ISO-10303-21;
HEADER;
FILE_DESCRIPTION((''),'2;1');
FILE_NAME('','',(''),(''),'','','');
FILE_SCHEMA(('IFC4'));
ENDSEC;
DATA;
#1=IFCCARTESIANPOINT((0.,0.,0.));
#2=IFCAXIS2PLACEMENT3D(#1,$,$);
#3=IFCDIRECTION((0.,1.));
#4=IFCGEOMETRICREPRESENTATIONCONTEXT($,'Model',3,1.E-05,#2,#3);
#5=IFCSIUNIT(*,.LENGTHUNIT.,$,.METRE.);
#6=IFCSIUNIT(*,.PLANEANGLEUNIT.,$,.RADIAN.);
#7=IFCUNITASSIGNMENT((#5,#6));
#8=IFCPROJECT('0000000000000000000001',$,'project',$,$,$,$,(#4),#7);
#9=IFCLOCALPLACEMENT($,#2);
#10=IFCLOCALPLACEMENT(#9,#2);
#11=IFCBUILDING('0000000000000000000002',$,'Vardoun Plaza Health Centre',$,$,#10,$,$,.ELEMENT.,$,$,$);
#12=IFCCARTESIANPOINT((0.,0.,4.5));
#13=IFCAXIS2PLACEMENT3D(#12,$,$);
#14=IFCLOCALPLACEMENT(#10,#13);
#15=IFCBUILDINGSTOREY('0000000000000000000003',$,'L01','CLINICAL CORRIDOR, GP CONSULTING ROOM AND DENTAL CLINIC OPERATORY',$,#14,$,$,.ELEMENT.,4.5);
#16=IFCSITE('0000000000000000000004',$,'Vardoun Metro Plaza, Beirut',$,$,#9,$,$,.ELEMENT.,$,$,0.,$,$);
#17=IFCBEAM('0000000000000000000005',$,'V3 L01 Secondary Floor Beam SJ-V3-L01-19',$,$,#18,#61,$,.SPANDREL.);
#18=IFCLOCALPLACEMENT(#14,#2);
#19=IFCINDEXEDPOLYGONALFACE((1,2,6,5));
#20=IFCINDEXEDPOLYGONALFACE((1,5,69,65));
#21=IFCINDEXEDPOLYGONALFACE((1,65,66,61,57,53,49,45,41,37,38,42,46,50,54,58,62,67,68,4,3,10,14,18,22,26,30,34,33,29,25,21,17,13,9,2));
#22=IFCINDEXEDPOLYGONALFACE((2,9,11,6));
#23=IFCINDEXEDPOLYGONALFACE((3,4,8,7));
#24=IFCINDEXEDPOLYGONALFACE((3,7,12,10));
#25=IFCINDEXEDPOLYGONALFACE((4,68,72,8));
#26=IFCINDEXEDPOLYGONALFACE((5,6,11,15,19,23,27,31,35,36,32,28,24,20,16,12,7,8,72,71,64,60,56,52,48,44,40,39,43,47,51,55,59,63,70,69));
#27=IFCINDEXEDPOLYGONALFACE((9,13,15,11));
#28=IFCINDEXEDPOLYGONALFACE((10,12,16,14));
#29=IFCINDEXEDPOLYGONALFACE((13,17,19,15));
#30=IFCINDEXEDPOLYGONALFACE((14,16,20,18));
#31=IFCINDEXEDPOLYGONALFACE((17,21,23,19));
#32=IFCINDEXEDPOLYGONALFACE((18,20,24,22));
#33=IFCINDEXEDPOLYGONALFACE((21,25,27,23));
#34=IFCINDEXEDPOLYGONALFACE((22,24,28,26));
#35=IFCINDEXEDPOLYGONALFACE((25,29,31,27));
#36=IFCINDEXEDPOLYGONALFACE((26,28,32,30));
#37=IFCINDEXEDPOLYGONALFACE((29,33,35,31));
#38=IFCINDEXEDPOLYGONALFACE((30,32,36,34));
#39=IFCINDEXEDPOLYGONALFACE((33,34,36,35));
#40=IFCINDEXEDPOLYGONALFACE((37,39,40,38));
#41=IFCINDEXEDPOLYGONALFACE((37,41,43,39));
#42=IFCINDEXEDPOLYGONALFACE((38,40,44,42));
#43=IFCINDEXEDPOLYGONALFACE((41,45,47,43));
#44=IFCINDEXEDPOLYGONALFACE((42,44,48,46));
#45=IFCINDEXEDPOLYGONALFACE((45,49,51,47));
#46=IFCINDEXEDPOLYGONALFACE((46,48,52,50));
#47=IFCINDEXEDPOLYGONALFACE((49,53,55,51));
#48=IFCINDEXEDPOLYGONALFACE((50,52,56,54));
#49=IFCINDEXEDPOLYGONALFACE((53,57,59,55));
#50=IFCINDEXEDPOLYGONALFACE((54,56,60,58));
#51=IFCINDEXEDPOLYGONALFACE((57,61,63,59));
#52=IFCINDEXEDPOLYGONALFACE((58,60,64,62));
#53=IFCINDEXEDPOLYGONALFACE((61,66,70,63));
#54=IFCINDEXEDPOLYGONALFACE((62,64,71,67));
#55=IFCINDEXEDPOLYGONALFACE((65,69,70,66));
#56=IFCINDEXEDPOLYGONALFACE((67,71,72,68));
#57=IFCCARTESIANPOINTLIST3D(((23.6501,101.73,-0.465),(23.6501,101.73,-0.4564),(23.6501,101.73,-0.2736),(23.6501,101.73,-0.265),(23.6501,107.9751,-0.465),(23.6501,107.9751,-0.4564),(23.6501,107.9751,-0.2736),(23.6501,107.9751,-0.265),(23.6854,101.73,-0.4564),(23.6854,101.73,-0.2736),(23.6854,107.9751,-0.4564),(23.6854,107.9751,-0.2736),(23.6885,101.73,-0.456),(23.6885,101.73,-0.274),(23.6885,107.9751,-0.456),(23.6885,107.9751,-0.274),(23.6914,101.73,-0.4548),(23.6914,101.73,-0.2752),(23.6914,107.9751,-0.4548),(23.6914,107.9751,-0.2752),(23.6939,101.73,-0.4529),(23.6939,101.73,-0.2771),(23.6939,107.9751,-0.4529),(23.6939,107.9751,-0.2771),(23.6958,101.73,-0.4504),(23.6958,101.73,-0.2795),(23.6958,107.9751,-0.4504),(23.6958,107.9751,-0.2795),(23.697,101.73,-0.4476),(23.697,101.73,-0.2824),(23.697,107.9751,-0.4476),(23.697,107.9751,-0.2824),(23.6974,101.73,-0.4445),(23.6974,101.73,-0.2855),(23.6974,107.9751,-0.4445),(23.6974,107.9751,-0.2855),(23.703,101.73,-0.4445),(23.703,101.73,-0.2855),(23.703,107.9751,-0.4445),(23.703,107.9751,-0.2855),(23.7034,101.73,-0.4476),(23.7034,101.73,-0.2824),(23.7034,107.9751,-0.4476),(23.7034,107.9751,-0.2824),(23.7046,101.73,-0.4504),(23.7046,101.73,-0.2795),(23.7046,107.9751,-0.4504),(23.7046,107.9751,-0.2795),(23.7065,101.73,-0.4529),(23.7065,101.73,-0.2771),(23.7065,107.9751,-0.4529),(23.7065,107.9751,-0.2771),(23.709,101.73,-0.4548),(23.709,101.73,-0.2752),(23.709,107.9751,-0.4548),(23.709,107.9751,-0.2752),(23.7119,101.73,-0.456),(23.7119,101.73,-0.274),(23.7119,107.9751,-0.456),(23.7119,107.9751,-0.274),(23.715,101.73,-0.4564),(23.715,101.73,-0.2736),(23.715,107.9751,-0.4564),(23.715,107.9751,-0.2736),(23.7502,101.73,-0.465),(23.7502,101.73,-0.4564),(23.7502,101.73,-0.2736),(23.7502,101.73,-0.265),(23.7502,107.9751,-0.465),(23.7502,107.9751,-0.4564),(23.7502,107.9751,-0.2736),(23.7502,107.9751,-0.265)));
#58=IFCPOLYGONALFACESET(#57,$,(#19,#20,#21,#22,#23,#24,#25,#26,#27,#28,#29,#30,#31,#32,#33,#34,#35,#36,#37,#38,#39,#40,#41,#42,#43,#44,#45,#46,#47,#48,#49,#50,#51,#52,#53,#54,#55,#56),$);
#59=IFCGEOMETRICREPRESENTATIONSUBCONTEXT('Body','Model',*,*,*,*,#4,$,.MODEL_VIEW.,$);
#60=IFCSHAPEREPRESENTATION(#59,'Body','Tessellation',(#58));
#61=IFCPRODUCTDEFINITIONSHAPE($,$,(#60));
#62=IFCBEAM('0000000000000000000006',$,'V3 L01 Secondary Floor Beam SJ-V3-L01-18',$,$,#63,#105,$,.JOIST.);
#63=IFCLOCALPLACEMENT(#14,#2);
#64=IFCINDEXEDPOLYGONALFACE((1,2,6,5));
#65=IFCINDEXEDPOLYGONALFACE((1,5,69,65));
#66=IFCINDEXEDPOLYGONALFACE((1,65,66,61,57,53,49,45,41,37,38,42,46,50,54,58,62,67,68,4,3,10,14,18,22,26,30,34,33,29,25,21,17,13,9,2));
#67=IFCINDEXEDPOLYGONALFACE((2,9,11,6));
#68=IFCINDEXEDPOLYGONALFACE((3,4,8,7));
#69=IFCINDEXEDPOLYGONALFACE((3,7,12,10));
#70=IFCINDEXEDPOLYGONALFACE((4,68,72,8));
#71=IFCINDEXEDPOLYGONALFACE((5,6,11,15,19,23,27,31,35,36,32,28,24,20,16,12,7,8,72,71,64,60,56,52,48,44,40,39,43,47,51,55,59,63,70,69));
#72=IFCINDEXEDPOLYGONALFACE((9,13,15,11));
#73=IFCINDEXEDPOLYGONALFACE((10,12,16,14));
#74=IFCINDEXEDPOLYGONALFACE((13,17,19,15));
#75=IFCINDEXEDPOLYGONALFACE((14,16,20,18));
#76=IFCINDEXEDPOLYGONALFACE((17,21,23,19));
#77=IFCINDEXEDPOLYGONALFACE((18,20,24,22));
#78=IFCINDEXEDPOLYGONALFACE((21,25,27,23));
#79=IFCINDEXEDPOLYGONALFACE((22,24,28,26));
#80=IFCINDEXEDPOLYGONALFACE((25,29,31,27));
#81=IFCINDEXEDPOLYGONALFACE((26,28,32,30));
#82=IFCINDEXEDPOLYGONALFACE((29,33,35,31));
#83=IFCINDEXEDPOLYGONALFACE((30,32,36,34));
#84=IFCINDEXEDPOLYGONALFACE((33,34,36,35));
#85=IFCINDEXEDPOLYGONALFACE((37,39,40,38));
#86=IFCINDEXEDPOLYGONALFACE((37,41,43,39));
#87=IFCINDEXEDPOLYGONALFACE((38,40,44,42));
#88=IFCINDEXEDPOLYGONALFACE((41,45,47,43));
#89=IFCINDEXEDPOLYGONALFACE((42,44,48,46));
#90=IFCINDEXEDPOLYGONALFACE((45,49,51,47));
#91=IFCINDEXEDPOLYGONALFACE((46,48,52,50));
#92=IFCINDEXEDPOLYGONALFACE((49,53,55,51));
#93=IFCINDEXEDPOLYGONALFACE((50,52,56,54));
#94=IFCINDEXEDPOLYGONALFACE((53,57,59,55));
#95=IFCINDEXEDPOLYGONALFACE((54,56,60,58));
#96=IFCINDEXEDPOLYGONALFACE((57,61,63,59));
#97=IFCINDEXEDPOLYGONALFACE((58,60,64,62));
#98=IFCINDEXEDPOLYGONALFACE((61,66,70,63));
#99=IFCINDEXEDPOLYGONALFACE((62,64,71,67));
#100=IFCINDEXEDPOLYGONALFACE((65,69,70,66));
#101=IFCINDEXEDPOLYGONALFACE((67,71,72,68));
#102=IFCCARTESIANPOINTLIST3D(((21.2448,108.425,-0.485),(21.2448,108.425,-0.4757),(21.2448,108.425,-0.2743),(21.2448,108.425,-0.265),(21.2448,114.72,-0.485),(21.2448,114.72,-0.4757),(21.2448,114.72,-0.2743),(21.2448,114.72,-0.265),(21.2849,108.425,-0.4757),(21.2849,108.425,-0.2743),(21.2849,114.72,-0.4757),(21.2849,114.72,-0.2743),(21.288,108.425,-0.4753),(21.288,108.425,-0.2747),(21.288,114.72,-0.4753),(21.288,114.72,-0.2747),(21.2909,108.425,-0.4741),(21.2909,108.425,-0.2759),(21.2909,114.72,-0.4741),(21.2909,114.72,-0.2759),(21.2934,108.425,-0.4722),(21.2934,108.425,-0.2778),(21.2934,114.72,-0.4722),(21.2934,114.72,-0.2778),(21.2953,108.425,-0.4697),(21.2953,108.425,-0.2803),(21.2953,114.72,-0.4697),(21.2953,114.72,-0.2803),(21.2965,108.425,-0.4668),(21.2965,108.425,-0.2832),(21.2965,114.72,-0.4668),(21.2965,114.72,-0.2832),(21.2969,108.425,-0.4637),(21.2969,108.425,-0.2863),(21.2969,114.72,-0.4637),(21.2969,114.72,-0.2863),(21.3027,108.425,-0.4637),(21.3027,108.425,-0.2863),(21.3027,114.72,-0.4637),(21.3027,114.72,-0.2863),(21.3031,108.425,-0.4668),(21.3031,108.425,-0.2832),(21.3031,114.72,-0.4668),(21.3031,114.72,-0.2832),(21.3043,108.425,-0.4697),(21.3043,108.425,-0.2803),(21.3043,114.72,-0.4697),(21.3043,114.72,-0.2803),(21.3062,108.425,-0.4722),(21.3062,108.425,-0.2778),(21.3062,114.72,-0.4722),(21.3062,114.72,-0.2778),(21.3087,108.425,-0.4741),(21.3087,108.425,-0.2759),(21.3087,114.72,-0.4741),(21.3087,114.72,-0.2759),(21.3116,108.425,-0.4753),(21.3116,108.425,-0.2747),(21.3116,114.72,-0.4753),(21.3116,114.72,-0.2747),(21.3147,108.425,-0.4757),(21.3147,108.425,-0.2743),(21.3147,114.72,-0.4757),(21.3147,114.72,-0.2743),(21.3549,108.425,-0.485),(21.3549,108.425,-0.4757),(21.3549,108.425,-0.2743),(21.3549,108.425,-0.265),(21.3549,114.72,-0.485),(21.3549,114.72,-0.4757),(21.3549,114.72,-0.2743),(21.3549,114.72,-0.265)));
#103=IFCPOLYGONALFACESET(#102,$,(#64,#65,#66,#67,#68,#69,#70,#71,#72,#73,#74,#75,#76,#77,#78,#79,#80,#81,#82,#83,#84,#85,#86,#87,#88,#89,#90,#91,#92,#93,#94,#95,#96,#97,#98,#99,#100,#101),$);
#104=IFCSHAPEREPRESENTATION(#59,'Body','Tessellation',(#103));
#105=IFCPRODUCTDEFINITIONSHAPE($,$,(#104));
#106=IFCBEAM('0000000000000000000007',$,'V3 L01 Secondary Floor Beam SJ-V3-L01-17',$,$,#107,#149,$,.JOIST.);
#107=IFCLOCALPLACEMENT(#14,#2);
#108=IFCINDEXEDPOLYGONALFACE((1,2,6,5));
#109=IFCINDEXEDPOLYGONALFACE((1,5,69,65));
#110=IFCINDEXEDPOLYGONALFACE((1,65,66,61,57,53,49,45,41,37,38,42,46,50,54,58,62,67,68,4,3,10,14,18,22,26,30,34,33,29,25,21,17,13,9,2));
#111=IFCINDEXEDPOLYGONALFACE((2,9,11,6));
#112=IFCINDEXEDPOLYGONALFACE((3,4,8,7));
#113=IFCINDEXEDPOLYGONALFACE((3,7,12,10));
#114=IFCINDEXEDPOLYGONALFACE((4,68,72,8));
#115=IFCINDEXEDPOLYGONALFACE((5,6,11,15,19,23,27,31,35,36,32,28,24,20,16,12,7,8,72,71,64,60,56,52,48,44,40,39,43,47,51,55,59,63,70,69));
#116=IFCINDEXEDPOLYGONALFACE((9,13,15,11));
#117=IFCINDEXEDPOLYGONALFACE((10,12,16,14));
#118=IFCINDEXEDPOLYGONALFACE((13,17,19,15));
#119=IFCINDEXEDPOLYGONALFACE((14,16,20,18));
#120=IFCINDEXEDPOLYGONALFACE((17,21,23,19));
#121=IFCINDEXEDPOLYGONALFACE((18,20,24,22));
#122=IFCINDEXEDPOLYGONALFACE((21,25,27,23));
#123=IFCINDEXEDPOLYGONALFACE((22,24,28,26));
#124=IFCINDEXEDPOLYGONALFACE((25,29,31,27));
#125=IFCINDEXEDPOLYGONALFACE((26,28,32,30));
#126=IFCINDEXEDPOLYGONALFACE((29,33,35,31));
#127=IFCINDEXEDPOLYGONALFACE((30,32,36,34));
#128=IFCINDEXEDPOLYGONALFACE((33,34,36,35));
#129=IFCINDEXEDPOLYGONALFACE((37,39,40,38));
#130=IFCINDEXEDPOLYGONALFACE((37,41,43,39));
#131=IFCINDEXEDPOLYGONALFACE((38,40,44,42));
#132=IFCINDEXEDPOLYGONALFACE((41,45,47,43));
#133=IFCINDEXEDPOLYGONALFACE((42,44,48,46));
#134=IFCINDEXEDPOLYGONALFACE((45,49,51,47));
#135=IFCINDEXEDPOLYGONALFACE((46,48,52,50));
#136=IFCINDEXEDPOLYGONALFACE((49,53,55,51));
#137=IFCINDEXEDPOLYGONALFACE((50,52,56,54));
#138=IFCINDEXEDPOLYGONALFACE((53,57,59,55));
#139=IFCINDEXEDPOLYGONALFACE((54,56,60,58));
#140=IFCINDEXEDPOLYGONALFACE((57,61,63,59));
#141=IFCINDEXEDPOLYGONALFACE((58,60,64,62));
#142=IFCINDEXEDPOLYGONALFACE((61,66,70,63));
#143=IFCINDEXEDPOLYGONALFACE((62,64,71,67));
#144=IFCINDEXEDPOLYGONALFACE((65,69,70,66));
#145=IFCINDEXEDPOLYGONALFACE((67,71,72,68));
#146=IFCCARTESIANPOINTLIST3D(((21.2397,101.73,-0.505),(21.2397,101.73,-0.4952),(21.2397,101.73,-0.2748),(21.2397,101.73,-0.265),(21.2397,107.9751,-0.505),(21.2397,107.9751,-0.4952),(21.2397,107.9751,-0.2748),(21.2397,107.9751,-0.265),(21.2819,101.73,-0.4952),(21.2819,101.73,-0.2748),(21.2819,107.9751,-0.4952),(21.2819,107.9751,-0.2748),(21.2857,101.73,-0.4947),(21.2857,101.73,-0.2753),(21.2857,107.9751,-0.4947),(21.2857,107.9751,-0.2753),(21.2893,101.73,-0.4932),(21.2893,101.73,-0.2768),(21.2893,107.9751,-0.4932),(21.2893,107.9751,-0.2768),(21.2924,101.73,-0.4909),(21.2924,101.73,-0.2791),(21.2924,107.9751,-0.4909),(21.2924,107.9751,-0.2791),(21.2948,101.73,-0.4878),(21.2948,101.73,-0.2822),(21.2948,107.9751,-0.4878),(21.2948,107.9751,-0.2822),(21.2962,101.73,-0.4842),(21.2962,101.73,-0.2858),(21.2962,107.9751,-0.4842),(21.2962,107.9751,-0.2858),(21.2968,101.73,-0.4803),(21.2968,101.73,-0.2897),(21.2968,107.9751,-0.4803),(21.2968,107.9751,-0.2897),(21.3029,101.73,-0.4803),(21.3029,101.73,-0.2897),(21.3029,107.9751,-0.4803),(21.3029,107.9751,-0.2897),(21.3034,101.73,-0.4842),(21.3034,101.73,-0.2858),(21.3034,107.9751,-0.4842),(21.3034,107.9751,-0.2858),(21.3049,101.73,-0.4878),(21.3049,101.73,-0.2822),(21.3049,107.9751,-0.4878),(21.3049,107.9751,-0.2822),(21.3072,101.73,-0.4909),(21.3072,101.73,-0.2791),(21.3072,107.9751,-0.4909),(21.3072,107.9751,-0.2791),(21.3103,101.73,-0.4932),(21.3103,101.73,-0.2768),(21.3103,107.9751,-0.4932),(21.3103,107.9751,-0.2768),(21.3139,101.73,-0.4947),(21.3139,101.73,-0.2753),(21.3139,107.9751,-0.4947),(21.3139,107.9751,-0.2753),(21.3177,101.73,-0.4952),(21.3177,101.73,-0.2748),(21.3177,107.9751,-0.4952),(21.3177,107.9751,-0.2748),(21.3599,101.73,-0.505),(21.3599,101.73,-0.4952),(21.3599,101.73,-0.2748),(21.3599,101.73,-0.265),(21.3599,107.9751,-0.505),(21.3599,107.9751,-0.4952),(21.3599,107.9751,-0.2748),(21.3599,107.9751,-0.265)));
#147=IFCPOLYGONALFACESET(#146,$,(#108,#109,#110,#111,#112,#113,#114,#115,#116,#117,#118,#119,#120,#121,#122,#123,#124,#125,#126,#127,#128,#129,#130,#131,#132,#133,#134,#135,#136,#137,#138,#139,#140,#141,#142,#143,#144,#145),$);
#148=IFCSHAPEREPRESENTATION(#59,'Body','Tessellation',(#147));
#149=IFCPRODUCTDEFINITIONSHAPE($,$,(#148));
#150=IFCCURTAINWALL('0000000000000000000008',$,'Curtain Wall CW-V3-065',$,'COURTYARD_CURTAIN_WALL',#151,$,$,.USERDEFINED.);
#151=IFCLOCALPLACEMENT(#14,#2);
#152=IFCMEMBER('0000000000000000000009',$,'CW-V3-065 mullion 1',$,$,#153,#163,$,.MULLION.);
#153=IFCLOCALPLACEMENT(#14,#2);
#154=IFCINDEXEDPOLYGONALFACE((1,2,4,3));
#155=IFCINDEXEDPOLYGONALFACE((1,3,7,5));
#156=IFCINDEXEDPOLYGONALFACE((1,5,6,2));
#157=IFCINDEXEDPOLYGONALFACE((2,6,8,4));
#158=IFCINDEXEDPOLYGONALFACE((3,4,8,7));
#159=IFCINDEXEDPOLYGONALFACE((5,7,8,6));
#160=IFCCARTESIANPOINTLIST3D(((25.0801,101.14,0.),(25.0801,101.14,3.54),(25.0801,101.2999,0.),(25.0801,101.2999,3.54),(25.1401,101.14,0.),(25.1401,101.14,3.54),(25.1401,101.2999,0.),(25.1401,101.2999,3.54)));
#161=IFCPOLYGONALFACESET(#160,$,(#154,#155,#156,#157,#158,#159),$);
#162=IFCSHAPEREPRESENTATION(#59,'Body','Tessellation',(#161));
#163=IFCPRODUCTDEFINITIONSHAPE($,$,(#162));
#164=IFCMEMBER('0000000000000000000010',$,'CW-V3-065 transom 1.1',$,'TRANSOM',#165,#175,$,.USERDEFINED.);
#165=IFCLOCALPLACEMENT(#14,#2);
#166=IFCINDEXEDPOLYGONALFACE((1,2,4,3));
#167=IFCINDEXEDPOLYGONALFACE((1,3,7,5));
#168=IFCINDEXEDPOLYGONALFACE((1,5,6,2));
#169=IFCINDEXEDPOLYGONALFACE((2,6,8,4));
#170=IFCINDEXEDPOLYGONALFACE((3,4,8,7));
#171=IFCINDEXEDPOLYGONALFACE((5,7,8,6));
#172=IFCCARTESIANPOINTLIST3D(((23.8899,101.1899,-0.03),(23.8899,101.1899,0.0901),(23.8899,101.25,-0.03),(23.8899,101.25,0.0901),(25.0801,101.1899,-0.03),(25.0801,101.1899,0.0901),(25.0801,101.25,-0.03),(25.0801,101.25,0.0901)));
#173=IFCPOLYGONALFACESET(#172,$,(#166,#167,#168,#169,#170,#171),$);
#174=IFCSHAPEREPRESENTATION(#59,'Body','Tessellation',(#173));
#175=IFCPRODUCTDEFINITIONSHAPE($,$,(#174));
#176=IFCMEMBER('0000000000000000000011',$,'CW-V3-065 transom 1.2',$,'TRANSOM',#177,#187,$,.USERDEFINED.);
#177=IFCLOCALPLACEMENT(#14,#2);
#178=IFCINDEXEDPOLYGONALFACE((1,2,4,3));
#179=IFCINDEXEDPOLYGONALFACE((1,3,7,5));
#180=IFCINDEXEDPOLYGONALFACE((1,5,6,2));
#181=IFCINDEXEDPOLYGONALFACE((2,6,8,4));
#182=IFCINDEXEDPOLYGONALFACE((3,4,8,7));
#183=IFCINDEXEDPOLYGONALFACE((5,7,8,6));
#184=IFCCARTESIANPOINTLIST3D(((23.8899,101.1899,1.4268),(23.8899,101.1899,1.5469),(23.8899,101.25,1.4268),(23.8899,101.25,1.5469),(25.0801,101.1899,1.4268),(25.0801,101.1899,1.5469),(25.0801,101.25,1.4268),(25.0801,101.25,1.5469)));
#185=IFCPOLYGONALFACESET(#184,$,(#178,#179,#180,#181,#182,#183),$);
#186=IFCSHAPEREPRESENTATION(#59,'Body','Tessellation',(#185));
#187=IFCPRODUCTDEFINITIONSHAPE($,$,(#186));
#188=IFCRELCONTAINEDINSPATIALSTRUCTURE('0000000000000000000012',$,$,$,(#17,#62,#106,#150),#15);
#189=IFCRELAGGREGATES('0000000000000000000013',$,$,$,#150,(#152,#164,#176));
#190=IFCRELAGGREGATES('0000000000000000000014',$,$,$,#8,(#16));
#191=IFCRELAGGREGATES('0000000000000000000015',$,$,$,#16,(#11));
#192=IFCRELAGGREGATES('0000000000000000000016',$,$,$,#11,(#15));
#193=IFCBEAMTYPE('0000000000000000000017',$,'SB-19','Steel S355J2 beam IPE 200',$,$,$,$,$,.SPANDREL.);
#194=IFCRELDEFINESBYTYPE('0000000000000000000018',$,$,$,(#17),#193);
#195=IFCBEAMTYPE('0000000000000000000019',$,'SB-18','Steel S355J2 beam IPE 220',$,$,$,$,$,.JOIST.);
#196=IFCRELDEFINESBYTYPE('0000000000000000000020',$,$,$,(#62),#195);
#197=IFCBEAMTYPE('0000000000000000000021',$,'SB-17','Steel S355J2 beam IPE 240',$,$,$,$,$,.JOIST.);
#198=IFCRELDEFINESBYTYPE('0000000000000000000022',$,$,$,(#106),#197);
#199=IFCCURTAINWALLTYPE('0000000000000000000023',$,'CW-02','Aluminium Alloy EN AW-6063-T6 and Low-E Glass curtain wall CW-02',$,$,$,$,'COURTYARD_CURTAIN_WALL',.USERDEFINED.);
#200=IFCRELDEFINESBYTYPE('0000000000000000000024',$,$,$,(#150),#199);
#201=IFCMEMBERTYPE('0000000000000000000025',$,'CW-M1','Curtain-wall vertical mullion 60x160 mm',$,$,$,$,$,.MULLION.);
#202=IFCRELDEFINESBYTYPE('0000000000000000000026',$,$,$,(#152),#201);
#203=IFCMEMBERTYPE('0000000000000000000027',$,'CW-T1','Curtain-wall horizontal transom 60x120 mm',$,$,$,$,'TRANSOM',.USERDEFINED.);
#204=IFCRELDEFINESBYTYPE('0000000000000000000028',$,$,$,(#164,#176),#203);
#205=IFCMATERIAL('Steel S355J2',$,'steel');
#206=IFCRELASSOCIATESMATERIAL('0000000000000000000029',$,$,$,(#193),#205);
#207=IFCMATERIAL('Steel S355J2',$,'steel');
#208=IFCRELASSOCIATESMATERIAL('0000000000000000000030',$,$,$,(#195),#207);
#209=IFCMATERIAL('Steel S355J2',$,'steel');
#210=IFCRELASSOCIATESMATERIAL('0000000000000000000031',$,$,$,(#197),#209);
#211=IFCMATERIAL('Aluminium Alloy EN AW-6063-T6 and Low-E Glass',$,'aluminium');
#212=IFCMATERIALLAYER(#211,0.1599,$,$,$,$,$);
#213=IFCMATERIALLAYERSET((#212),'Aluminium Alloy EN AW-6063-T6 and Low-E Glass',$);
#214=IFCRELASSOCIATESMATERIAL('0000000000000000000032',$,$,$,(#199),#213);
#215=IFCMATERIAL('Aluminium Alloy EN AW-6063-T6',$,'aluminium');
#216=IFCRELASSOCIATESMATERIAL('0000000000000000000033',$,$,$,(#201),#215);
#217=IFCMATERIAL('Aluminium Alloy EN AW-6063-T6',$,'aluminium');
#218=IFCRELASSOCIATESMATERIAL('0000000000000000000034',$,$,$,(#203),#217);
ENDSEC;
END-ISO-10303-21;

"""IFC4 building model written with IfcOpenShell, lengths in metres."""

from ifc_helpers import new_model, si_unit, direction, frame, origin, origin_2d, place, context, subcontext, project, spatial, rectangle, i_section, extrude, material, layer, layer_set, material_profile, profile_set, type_object, element, aggregate, save


model = new_model("IFC4")

# Units and contexts
model_context = context("Model", 3, precision=1e-05, world=origin(), true_north=direction((0.0, 1.0)))
body_context = subcontext(model_context, "Body", "Model", "MODEL_VIEW")
ifc_project = project(units=[si_unit("LENGTHUNIT", "METRE"), si_unit("PLANEANGLEUNIT", "RADIAN")], contexts=[model_context])

# Site, building, storey
site_placement = place(None, origin())
site = spatial("IfcSite", under=ifc_project, at=site_placement, Name="Vardoun Metro Plaza, Beirut", CompositionType="ELEMENT", RefElevation=0.0)
building_placement = place(site_placement, origin())
building = spatial("IfcBuilding", under=site, at=building_placement, Name="Vardoun Plaza Health Centre", CompositionType="ELEMENT")
storey_placement = place(building_placement, frame((0.0, 0.0, 4.5)))
storey = spatial("IfcBuildingStorey", under=building, at=storey_placement, Name="L01", Description="CLINICAL CORRIDOR, GP CONSULTING ROOM AND DENTAL CLINIC OPERATORY", CompositionType="ELEMENT", Elevation=4.5)

# Beams
ifc_material_1 = material(Name="Steel S355J2", Category="steel")
ifc_material_profile_1 = material_profile(ifc_material_1, i_section(OverallWidth=0.1001, OverallDepth=0.2, WebThickness=0.0056, FlangeThickness=0.0085, FilletRadius=0.012, at=origin_2d()), Name="IPE 200")
ifc_profile_set_1 = profile_set([ifc_material_profile_1], Name="Steel S355J2")
beam_type_1 = type_object("IfcBeamType", Name="SB-19", Description="Steel S355J2 beam IPE 200", PredefinedType="SPANDREL", material=ifc_profile_set_1)
beam_1_placement = place(storey_placement, frame((23.7002, 101.73, -0.365), z_axis=(0.0, 1.0, 0.0), x_axis=(-1.0, 0.0, 0.0)))
element("IfcBeam", 1, at=beam_1_placement, inside=storey, type_object=beam_type_1, Name="V3 L01 Secondary Floor Beam SJ-V3-L01-19", PredefinedType="SPANDREL", context=body_context, shape_type="SweptSolid", body=[
    extrude(i_section(OverallWidth=0.1001, OverallDepth=0.2, WebThickness=0.0056, FlangeThickness=0.0085, FilletRadius=0.012, at=origin_2d()), origin(), (0.0, 0.0, 1.0), 6.2451),
])
ifc_material_2 = material(Name="Steel S355J2", Category="steel")
ifc_material_profile_2 = material_profile(ifc_material_2, i_section(OverallWidth=0.1101, OverallDepth=0.22, WebThickness=0.0059, FlangeThickness=0.0093, FilletRadius=0.012, at=origin_2d()), Name="IPE 220")
ifc_profile_set_2 = profile_set([ifc_material_profile_2], Name="Steel S355J2")
beam_type_2 = type_object("IfcBeamType", Name="SB-18", Description="Steel S355J2 beam IPE 220", PredefinedType="JOIST", material=ifc_profile_set_2)
beam_2_placement = place(storey_placement, frame((21.2998, 108.425, -0.375), z_axis=(0.0, 1.0, 0.0), x_axis=(-1.0, 0.0, 0.0)))
element("IfcBeam", 2, at=beam_2_placement, inside=storey, type_object=beam_type_2, Name="V3 L01 Secondary Floor Beam SJ-V3-L01-18", PredefinedType="JOIST", context=body_context, shape_type="SweptSolid", body=[
    extrude(i_section(OverallWidth=0.1101, OverallDepth=0.22, WebThickness=0.0059, FlangeThickness=0.0093, FilletRadius=0.012, at=origin_2d()), origin(), (0.0, 0.0, 1.0), 6.2949),
])
ifc_material_3 = material(Name="Steel S355J2", Category="steel")
ifc_material_profile_3 = material_profile(ifc_material_3, i_section(OverallWidth=0.1201, OverallDepth=0.24, WebThickness=0.0061, FlangeThickness=0.0098, FilletRadius=0.0149, at=origin_2d()), Name="IPE 240")
ifc_profile_set_3 = profile_set([ifc_material_profile_3], Name="Steel S355J2")
beam_type_3 = type_object("IfcBeamType", Name="SB-17", Description="Steel S355J2 beam IPE 240", PredefinedType="JOIST", material=ifc_profile_set_3)
beam_3_placement = place(storey_placement, frame((21.2998, 101.73, -0.385), z_axis=(0.0, 1.0, 0.0), x_axis=(-1.0, 0.0, 0.0)))
element("IfcBeam", 3, at=beam_3_placement, inside=storey, type_object=beam_type_3, Name="V3 L01 Secondary Floor Beam SJ-V3-L01-17", PredefinedType="JOIST", context=body_context, shape_type="SweptSolid", body=[
    extrude(i_section(OverallWidth=0.1201, OverallDepth=0.24, WebThickness=0.0061, FlangeThickness=0.0098, FilletRadius=0.0149, at=origin_2d()), origin(), (0.0, 0.0, 1.0), 6.2451),
])

# Curtain wall, members
ifc_material_4 = material(Name="Aluminium Alloy EN AW-6063-T6 and Low-E Glass", Category="aluminium")
ifc_layer_1 = layer(ifc_material_4, 0.1599)
ifc_layer_set_1 = layer_set([ifc_layer_1], Name="Aluminium Alloy EN AW-6063-T6 and Low-E Glass")
curtain_wall_type = type_object("IfcCurtainWallType", Name="CW-02", Description="Aluminium Alloy EN AW-6063-T6 and Low-E Glass curtain wall CW-02", ElementType="COURTYARD_CURTAIN_WALL", PredefinedType="USERDEFINED", material=ifc_layer_set_1)
curtain_wall_placement = place(storey_placement, origin())
curtain_wall = element("IfcCurtainWall", 4, at=curtain_wall_placement, inside=storey, type_object=curtain_wall_type, Name="Curtain Wall CW-V3-065", ObjectType="COURTYARD_CURTAIN_WALL", PredefinedType="USERDEFINED")
ifc_material_5 = material(Name="Aluminium Alloy EN AW-6063-T6", Category="aluminium")
ifc_material_profile_4 = material_profile(ifc_material_5, rectangle(XDim=0.1599, YDim=0.0601, at=origin_2d()), Name="CWM 60x160")
ifc_profile_set_4 = profile_set([ifc_material_profile_4], Name="Aluminium Alloy EN AW-6063-T6")
member_type_1 = type_object("IfcMemberType", Name="CW-M1", Description="Curtain-wall vertical mullion 60x160 mm", PredefinedType="MULLION", material=ifc_profile_set_4)
member_1_placement = place(storey_placement, frame((25.1101, 101.22, 0.0), z_axis=(0.0, 0.0, 1.0), x_axis=(0.0, -1.0, 0.0)))
member_1 = element("IfcMember", 5, at=member_1_placement, type_object=member_type_1, Name="CW-V3-065 mullion 1", PredefinedType="MULLION", context=body_context, shape_type="SweptSolid", body=[
    extrude(rectangle(XDim=0.1599, YDim=0.0601, at=origin_2d()), origin(), (0.0, 0.0, 1.0), 3.54),
])
ifc_material_6 = material(Name="Aluminium Alloy EN AW-6063-T6", Category="aluminium")
ifc_material_profile_5 = material_profile(ifc_material_6, rectangle(XDim=0.0601, YDim=0.1201, at=origin_2d()), Name="CWT 60x120")
ifc_profile_set_5 = profile_set([ifc_material_profile_5], Name="Aluminium Alloy EN AW-6063-T6")
member_type_2 = type_object("IfcMemberType", Name="CW-T1", Description="Curtain-wall horizontal transom 60x120 mm", ElementType="TRANSOM", PredefinedType="USERDEFINED", material=ifc_profile_set_5)
member_2_placement = place(storey_placement, frame((25.0801, 101.22, 0.03), z_axis=(-1.0, 0.0, 0.0), x_axis=(0.0, -1.0, 0.0)))
member_2 = element("IfcMember", 6, at=member_2_placement, type_object=member_type_2, Name="CW-V3-065 transom 1.1", ObjectType="TRANSOM", PredefinedType="USERDEFINED", context=body_context, shape_type="SweptSolid", body=[
    extrude(rectangle(XDim=0.0601, YDim=0.1201, at=origin_2d()), origin(), (0.0, 0.0, 1.0), 1.1902),
])
member_3_placement = place(storey_placement, frame((25.0801, 101.22, 1.4868), z_axis=(-1.0, 0.0, 0.0), x_axis=(0.0, -1.0, 0.0)))
member_3 = element("IfcMember", 7, at=member_3_placement, type_object=member_type_2, Name="CW-V3-065 transom 1.2", ObjectType="TRANSOM", PredefinedType="USERDEFINED", context=body_context, shape_type="SweptSolid", body=[
    extrude(rectangle(XDim=0.0601, YDim=0.1201, at=origin_2d()), origin(), (0.0, 0.0, 1.0), 1.1902),
])
aggregate(curtain_wall, [member_1, member_2, member_3])

save(model, "model.ifc")
